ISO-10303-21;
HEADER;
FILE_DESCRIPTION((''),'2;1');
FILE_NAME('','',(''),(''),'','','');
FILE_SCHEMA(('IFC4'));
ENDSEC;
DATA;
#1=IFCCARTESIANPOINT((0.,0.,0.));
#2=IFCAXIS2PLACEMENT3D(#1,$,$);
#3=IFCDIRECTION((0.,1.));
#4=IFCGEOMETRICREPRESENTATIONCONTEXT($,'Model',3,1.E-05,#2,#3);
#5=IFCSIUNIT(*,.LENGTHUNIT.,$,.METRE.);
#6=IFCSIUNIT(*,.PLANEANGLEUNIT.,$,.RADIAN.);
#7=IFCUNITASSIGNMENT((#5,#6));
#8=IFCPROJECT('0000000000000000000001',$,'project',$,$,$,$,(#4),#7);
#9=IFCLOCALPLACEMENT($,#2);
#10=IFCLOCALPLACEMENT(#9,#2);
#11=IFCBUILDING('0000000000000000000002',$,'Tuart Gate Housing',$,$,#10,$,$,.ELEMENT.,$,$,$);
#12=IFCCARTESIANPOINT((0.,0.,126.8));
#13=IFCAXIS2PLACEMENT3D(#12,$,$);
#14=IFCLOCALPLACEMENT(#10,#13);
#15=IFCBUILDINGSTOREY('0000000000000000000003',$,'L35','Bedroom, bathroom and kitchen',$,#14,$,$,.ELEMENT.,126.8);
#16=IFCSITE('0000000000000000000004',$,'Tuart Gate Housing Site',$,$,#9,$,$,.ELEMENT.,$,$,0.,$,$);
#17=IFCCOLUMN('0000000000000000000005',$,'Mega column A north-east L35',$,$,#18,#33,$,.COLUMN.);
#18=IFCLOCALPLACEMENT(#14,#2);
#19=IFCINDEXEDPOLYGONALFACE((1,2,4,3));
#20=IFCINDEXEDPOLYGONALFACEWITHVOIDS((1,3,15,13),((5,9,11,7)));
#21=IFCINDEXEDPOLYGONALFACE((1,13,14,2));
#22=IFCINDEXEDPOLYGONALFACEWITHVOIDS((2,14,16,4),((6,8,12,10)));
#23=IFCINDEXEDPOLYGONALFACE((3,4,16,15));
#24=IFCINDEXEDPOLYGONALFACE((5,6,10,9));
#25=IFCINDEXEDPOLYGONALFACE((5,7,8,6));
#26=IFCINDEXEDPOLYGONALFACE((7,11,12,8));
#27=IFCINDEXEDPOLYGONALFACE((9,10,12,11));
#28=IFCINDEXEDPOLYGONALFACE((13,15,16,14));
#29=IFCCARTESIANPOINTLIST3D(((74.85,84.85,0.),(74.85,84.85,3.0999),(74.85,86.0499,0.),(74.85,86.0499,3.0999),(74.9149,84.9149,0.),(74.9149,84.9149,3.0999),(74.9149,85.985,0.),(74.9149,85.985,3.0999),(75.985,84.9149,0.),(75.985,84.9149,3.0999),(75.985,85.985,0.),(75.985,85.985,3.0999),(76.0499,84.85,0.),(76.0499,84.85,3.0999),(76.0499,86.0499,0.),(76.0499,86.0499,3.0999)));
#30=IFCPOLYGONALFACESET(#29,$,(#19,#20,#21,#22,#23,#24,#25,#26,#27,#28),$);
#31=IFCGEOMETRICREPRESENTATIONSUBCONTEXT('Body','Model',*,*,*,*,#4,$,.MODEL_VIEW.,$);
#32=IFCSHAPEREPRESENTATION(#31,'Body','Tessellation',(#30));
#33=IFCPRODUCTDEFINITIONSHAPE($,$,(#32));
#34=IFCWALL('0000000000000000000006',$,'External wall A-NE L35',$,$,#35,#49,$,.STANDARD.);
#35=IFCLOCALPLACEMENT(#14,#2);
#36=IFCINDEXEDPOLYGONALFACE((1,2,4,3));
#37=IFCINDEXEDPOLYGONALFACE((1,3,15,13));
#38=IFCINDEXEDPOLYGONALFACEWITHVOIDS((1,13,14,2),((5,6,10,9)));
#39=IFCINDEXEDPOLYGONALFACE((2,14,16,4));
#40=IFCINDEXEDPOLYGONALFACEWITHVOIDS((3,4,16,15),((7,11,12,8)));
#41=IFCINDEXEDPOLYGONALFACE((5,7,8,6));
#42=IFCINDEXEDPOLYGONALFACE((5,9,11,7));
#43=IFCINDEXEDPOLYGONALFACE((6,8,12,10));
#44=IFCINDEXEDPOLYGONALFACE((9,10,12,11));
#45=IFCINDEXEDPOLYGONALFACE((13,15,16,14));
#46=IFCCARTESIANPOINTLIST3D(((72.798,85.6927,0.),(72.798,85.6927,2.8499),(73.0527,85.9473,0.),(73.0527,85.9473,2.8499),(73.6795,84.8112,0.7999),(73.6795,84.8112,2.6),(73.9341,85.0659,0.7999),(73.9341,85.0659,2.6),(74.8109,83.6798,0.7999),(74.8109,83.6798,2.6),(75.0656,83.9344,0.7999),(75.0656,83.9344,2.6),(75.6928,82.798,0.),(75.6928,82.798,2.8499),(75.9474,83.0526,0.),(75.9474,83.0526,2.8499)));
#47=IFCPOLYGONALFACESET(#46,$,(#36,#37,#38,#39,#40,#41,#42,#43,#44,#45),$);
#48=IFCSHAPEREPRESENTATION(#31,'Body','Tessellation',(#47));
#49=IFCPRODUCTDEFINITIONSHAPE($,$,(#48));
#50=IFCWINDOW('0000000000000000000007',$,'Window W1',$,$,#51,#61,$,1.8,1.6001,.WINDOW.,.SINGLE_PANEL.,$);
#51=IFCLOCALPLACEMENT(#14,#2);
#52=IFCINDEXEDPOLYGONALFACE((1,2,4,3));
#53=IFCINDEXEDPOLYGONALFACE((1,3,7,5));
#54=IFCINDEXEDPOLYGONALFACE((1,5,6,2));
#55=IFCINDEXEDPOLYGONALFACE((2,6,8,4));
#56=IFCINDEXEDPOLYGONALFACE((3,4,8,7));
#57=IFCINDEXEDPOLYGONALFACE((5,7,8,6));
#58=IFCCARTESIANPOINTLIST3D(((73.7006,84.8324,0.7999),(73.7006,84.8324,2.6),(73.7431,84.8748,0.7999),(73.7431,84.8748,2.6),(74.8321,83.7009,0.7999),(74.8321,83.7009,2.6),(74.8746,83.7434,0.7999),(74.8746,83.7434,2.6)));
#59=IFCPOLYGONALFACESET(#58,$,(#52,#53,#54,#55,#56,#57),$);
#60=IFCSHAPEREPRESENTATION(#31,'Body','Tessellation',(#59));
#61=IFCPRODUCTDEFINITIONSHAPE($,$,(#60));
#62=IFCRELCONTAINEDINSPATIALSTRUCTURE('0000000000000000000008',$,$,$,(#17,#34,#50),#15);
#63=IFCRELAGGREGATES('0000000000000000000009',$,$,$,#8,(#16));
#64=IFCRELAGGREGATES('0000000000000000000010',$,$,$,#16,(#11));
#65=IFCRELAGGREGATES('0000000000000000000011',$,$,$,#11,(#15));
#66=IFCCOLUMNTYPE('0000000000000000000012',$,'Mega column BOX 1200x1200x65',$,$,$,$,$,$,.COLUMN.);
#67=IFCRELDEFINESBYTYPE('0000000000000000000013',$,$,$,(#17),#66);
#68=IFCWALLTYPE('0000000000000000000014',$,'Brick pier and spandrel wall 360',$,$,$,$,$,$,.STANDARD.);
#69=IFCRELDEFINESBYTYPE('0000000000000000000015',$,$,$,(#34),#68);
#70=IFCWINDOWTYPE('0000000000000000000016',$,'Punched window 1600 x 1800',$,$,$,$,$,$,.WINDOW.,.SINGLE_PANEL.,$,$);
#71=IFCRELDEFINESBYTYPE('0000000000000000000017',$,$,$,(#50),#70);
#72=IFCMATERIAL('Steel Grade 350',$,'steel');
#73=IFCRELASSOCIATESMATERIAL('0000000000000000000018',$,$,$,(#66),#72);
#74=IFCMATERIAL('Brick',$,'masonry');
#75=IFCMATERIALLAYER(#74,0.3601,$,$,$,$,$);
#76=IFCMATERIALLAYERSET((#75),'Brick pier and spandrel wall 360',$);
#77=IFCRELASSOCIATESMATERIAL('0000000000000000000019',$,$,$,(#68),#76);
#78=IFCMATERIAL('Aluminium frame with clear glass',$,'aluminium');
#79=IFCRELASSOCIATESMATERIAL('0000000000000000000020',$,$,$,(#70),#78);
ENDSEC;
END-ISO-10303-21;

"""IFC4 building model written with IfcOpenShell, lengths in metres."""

from ifc_helpers import new_model, si_unit, direction, frame, frame_2d, origin, origin_2d, place, context, subcontext, project, spatial, rectangle, hollow_rectangle, extrude, material, layer, layer_set, material_profile, profile_set, type_object, element, fill, save


model = new_model("IFC4")

# Units and contexts
model_context = context("Model", 3, precision=1e-05, world=origin(), true_north=direction((0.0, 1.0)))
body_context = subcontext(model_context, "Body", "Model", "MODEL_VIEW")
ifc_project = project(units=[si_unit("LENGTHUNIT", "METRE"), si_unit("PLANEANGLEUNIT", "RADIAN")], contexts=[model_context])

# Site, building, storey
site_placement = place(None, origin())
site = spatial("IfcSite", under=ifc_project, at=site_placement, Name="Tuart Gate Housing Site", CompositionType="ELEMENT", RefElevation=0.0)
building_placement = place(site_placement, origin())
building = spatial("IfcBuilding", under=site, at=building_placement, Name="Tuart Gate Housing", CompositionType="ELEMENT")
storey_placement = place(building_placement, frame((0.0, 0.0, 126.8)))
storey = spatial("IfcBuildingStorey", under=building, at=storey_placement, Name="L35", Description="Bedroom, bathroom and kitchen", CompositionType="ELEMENT", Elevation=126.8)

# Column
ifc_material_1 = material(Name="Steel Grade 350", Category="steel")
ifc_material_profile = material_profile(ifc_material_1, hollow_rectangle(XDim=1.2, YDim=1.2, WallThickness=0.0649, at=origin_2d()), Name="BOX 1200x1200x65")
ifc_profile_set = profile_set([ifc_material_profile], Name="Steel Grade 350")
column_type = type_object("IfcColumnType", Name="Mega column BOX 1200x1200x65", PredefinedType="COLUMN", material=ifc_profile_set)
column_placement = place(storey_placement, frame((75.45, 85.45, 0.0), z_axis=(0.0, 0.0, 1.0), x_axis=(1.0, 0.0, 0.0)))
element("IfcColumn", 1, at=column_placement, inside=storey, type_object=column_type, Name="Mega column A north-east L35", PredefinedType="COLUMN", context=body_context, shape_type="SweptSolid", body=[
    extrude(hollow_rectangle(XDim=1.2, YDim=1.2, WallThickness=0.0649, at=origin_2d()), origin(), (0.0, 0.0, 1.0), 3.0999),
])

# Wall, opening, window
ifc_material_2 = material(Name="Brick", Category="masonry")
ifc_layer = layer(ifc_material_2, 0.3601)
ifc_layer_set = layer_set([ifc_layer], Name="Brick pier and spandrel wall 360")
wall_type = type_object("IfcWallType", Name="Brick pier and spandrel wall 360", PredefinedType="STANDARD", material=ifc_layer_set)
wall_placement = place(storey_placement, frame((75.8201, 82.9253, 0.0), z_axis=(0.0, 0.0, 1.0), x_axis=(-0.707107, 0.707107, 0.0)))
wall = element("IfcWall", 2, at=wall_placement, inside=storey, type_object=wall_type, Name="External wall A-NE L35", PredefinedType="STANDARD", context=body_context, shape_type="SweptSolid", body=[
    extrude(rectangle(XDim=4.0938, YDim=0.3601, at=frame_2d((2.0469, 0.0))), origin(), (0.0, 0.0, 1.0), 2.8499),
])
opening_placement = place(wall_placement, frame((1.2471, 0.0, 0.8)))
opening = element("IfcOpeningElement", 3, at=opening_placement, cuts=wall, PredefinedType="OPENING", context=body_context, shape_type="SweptSolid", body=[
    extrude(rectangle(XDim=1.6001, YDim=1.8, at=frame_2d((0.8, 0.8999))), frame((0.0, 0.1899, 0.0), z_axis=(0.0, -1.0, 0.0), x_axis=(1.0, 0.0, 0.0)), (0.0, 0.0, 1.0), 0.3801),
])
ifc_material_3 = material(Name="Aluminium frame with clear glass", Category="aluminium")
window_type = type_object("IfcWindowType", Name="Punched window 1600 x 1800", PartitioningType="SINGLE_PANEL", PredefinedType="WINDOW", material=ifc_material_3)
window_placement = place(opening_placement, origin())
window = element("IfcWindow", 4, at=window_placement, inside=storey, type_object=window_type, Name="Window W1", OverallHeight=1.8, OverallWidth=1.6001, PartitioningType="SINGLE_PANEL", PredefinedType="WINDOW", context=body_context, shape_type="SweptSolid", body=[
    extrude(rectangle(XDim=1.6001, YDim=1.8, at=frame_2d((0.8, 0.8999))), frame((0.0, 0.1501, 0.0), z_axis=(0.0, -1.0, 0.0), x_axis=(1.0, 0.0, 0.0)), (0.0, 0.0, 1.0), 0.0601),
])
fill(opening, window)

save(model, "model.ifc")
